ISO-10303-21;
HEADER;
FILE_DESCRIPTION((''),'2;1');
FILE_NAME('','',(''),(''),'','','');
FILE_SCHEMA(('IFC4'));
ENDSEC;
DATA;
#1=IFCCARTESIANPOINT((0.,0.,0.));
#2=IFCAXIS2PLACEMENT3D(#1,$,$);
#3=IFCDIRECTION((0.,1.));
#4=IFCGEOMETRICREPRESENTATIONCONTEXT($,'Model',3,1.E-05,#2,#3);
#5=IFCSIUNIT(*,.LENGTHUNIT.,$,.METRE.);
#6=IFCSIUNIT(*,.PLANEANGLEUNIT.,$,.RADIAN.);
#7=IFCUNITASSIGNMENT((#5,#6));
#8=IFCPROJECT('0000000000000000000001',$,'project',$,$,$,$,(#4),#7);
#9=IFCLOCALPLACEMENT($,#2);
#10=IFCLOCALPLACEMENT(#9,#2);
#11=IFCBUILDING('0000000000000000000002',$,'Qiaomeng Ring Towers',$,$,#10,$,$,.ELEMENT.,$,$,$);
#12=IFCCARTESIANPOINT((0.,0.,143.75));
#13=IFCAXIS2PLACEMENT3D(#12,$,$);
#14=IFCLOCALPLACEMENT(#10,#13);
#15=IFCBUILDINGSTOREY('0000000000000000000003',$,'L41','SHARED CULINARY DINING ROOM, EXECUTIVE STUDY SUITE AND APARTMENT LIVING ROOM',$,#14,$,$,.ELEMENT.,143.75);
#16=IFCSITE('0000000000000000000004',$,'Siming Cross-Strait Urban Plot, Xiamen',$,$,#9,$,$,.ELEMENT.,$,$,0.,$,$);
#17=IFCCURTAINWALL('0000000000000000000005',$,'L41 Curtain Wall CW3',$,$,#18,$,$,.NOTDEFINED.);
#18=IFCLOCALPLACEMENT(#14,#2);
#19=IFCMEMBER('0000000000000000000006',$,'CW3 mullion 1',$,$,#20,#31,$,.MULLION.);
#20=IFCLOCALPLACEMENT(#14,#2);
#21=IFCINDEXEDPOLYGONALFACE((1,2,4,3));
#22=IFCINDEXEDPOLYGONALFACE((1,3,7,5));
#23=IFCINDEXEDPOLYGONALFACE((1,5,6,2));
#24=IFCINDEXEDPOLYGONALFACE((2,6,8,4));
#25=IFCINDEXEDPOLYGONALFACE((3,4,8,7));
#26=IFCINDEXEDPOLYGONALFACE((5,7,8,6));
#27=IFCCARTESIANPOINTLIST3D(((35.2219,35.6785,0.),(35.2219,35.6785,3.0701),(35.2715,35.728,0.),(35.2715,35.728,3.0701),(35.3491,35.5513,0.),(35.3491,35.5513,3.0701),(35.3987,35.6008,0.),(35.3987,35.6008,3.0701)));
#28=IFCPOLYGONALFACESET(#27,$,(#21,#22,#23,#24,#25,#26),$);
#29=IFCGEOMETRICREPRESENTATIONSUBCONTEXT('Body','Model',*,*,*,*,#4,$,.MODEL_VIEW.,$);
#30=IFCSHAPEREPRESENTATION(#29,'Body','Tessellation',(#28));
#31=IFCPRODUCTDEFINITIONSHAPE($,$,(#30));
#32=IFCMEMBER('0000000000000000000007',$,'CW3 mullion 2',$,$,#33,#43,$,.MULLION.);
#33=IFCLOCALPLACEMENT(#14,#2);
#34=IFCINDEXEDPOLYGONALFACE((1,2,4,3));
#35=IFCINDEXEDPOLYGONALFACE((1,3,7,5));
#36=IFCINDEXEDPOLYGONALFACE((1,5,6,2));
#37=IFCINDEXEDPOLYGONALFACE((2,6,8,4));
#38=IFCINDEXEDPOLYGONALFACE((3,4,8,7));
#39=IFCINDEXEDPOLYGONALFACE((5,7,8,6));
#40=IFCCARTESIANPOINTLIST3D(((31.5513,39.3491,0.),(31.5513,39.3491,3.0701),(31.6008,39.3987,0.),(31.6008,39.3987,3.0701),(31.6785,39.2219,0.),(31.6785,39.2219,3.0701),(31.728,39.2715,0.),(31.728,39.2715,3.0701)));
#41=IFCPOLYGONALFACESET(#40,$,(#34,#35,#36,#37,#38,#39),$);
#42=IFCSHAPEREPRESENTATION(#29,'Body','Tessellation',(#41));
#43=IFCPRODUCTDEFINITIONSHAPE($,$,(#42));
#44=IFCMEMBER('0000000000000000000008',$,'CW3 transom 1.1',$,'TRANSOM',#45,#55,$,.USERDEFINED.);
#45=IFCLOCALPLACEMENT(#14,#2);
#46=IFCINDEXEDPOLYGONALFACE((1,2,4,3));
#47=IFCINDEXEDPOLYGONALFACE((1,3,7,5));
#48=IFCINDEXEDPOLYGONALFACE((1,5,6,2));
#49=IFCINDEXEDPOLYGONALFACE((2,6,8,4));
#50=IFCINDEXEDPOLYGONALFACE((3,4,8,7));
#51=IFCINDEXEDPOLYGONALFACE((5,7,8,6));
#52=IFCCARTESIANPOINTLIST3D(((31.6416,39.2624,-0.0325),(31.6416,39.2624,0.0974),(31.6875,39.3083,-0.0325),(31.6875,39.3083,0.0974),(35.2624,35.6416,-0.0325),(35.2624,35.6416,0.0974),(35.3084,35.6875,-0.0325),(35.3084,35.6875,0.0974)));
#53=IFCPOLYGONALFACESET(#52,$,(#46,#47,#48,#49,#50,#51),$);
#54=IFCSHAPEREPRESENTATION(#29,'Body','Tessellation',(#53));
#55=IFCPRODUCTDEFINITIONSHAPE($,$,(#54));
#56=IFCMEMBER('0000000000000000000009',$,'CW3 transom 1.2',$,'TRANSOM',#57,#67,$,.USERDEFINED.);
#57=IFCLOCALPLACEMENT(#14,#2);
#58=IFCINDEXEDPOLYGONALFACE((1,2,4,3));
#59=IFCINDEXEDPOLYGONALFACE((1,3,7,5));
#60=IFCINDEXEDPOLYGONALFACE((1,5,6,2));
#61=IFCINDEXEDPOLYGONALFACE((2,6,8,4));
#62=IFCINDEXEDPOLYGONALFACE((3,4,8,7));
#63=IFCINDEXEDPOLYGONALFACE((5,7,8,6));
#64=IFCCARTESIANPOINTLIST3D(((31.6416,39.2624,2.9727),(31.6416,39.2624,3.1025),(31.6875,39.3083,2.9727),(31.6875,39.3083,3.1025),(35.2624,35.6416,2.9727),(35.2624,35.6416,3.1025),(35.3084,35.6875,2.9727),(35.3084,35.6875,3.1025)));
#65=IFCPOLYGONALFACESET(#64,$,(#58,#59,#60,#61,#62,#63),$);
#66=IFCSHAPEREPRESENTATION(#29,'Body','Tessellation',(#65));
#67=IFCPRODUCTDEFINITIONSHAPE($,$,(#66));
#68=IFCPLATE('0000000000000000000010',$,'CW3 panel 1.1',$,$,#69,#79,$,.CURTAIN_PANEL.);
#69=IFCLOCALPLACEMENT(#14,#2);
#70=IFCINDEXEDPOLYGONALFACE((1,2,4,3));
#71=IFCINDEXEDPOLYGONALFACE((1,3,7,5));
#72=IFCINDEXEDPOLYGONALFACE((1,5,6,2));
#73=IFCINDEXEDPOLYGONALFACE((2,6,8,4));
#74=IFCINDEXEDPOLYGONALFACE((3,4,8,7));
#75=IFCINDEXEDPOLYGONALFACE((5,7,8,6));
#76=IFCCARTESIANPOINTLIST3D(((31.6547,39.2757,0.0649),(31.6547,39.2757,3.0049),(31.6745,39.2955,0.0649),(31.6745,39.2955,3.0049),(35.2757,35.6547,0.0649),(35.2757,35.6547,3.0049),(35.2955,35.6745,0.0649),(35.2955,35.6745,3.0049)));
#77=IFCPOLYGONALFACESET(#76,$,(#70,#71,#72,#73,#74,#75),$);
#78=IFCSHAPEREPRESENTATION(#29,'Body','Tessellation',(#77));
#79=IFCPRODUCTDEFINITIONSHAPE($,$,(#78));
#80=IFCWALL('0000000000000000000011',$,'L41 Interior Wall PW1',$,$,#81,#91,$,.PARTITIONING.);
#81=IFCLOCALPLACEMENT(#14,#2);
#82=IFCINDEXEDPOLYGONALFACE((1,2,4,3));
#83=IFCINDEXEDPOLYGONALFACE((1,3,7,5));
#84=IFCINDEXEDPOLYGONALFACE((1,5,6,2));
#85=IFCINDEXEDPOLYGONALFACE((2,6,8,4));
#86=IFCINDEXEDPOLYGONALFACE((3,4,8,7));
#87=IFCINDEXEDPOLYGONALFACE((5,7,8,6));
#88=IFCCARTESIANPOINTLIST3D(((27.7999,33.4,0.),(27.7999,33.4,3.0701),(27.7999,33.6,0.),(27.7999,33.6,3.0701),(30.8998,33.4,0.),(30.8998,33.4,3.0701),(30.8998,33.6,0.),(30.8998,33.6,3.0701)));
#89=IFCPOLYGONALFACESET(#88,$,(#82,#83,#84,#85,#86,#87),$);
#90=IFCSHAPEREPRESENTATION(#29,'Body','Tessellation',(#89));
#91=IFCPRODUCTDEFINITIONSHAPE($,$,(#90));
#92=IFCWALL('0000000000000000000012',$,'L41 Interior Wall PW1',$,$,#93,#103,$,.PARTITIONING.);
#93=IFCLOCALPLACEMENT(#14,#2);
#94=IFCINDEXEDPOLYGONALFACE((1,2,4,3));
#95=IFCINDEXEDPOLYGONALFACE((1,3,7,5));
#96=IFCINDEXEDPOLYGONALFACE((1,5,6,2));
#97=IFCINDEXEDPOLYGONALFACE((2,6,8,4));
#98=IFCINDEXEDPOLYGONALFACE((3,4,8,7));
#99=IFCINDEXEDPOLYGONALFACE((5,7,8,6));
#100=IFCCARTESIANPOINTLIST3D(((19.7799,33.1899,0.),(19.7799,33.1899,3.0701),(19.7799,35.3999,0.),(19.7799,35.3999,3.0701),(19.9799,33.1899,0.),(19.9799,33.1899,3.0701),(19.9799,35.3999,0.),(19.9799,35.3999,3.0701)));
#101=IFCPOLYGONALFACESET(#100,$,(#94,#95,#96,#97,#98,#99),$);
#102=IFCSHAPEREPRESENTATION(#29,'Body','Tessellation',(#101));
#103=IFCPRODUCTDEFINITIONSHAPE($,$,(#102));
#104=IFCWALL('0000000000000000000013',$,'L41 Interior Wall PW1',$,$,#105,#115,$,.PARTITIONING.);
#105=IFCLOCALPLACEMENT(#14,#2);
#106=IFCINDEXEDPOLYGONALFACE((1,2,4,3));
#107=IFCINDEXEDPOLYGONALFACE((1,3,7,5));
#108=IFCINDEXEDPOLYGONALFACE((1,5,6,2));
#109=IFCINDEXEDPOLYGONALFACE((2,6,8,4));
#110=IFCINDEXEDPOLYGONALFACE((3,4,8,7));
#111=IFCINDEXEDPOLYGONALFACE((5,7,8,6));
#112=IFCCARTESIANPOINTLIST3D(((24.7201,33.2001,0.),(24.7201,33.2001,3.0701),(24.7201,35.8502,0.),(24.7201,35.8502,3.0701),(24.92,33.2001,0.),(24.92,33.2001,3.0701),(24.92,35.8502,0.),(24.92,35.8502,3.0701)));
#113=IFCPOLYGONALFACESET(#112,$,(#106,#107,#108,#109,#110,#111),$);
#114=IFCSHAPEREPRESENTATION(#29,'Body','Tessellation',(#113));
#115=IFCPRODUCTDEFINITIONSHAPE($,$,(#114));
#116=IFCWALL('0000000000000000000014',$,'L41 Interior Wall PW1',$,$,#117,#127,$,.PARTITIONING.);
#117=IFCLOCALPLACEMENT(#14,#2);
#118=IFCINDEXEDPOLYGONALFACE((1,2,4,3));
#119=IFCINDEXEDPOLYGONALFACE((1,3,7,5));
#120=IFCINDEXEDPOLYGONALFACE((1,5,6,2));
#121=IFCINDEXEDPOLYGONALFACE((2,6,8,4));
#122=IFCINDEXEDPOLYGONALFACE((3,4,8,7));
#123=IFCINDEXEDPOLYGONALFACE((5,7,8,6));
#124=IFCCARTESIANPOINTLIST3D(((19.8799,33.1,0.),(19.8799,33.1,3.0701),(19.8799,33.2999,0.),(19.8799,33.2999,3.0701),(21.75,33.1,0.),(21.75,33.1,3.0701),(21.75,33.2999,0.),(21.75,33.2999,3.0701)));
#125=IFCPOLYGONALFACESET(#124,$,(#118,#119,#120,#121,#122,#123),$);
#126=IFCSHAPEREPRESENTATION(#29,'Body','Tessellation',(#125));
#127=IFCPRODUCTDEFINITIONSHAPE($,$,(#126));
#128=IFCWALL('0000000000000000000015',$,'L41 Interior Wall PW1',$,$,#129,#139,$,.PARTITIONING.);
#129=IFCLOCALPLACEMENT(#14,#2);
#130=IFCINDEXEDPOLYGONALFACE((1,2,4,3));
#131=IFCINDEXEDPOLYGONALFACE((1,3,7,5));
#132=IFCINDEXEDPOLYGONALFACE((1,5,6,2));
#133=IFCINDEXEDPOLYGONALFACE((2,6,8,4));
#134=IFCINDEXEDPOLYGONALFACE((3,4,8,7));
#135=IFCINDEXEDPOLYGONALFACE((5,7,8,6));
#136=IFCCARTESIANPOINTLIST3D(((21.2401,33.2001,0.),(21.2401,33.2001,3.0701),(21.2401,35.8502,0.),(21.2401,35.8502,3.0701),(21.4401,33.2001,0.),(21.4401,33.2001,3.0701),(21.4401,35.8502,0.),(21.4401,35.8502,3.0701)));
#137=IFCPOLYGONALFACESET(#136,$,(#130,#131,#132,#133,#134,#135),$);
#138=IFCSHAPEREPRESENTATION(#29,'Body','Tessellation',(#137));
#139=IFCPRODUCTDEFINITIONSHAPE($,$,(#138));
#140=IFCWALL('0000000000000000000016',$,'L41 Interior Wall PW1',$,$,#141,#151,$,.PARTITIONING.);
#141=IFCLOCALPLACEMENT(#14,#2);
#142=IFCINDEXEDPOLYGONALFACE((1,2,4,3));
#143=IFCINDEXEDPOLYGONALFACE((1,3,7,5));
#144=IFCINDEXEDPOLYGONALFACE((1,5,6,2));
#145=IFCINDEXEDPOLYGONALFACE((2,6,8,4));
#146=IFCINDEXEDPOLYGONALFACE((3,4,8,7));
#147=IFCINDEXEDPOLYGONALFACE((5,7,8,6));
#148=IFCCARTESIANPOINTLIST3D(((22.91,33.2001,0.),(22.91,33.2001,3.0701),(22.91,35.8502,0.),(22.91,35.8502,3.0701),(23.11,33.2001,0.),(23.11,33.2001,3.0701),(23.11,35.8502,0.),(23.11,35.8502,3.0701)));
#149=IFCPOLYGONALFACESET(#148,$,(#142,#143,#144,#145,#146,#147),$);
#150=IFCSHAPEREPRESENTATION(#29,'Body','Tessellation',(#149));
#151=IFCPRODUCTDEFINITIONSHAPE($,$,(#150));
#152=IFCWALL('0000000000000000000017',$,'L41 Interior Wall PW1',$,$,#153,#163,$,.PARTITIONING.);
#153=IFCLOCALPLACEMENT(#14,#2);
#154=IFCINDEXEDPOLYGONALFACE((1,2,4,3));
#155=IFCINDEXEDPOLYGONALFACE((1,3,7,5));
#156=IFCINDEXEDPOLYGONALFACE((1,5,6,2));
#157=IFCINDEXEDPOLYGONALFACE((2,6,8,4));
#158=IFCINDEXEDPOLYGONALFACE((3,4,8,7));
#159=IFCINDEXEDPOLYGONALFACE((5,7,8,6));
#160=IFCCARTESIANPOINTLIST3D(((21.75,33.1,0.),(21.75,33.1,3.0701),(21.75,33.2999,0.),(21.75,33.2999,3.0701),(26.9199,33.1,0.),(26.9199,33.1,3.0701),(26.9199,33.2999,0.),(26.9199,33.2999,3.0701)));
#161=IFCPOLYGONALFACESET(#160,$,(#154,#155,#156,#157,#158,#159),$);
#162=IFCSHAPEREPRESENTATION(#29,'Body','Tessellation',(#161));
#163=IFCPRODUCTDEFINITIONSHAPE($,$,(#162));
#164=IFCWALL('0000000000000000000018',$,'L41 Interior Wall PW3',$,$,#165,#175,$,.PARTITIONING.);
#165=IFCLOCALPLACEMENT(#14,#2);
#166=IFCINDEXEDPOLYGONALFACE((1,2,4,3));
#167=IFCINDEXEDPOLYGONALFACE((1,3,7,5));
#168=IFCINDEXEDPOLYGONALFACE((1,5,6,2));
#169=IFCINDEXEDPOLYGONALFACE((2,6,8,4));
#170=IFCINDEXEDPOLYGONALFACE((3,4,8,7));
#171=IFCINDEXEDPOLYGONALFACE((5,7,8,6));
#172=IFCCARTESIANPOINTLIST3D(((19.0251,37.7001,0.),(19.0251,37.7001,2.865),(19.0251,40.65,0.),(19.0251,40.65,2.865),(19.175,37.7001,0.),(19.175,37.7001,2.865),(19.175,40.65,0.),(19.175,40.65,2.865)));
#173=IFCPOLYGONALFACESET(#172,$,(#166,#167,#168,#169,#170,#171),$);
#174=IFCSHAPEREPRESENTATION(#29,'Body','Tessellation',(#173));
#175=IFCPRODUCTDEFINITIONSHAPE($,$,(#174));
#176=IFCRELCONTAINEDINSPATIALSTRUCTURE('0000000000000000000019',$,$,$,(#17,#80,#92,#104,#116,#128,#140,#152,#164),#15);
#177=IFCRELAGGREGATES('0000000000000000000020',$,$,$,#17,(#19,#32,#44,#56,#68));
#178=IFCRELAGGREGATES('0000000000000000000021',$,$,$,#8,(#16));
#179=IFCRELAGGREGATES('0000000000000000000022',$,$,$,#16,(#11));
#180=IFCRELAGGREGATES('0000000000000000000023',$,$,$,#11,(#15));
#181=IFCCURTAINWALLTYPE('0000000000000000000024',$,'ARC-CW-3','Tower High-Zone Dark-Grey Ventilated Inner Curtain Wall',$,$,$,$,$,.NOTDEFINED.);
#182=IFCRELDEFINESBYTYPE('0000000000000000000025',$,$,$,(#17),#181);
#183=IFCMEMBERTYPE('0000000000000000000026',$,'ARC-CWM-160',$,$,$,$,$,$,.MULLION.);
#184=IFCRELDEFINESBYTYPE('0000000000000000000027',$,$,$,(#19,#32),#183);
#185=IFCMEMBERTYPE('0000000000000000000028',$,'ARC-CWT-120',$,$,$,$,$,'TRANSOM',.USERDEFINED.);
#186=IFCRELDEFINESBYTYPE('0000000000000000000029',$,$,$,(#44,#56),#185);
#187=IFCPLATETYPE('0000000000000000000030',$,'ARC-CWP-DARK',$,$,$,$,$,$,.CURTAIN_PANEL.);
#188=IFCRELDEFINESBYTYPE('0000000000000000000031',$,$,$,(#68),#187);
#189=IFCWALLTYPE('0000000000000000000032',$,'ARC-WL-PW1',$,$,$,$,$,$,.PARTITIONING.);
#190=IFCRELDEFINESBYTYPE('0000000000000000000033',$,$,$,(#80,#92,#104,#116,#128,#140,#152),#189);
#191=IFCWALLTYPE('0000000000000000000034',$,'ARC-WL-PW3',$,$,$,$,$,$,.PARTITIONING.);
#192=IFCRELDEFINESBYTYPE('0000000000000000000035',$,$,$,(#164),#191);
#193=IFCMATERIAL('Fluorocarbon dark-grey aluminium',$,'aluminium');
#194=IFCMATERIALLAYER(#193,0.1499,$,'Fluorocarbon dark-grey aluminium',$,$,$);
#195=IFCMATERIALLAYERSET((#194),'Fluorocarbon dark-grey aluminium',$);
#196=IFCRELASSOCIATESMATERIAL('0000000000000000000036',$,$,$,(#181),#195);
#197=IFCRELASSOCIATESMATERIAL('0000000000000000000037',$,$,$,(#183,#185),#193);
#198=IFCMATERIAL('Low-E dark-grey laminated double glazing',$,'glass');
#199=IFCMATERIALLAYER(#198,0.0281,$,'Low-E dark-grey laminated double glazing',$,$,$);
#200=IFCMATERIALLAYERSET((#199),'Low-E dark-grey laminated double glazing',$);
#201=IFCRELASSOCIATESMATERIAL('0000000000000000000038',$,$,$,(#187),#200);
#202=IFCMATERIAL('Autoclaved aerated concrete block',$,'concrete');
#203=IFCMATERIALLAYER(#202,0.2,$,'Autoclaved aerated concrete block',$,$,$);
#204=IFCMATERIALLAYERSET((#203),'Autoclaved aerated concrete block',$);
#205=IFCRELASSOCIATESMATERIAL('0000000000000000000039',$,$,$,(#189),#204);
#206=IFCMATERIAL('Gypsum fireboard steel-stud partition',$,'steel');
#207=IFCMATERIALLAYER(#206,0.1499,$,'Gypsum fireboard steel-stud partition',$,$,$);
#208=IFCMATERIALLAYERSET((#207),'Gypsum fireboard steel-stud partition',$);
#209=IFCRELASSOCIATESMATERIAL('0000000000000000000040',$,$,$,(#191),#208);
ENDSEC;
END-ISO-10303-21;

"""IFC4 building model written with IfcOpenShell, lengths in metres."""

from ifc_helpers import new_model, si_unit, direction, frame, frame_2d, origin, origin_2d, place, context, subcontext, project, spatial, rectangle, extrude, source, transform, mapped, material, layer, layer_set, material_profile, profile_set, type_object, element, aggregate, save


model = new_model("IFC4")

# Units and contexts
model_context = context("Model", 3, precision=1e-05, world=origin(), true_north=direction((0.0, 1.0)))
body_context = subcontext(model_context, "Body", "Model", "MODEL_VIEW")
ifc_project = project(units=[si_unit("LENGTHUNIT", "METRE"), si_unit("PLANEANGLEUNIT", "RADIAN")], contexts=[model_context])

# Site, building, storey
site_placement = place(None, origin())
site = spatial("IfcSite", under=ifc_project, at=site_placement, Name="Siming Cross-Strait Urban Plot, Xiamen", CompositionType="ELEMENT", RefElevation=0.0)
building_placement = place(site_placement, origin())
building = spatial("IfcBuilding", under=site, at=building_placement, Name="Qiaomeng Ring Towers", CompositionType="ELEMENT")
storey_placement = place(building_placement, frame((0.0, 0.0, 143.75)))
storey = spatial("IfcBuildingStorey", under=building, at=storey_placement, Name="L41", Description="SHARED CULINARY DINING ROOM, EXECUTIVE STUDY SUITE AND APARTMENT LIVING ROOM", CompositionType="ELEMENT", Elevation=143.75)

# Curtain wall, members, plate
ifc_material_1 = material(Name="Fluorocarbon dark-grey aluminium", Category="aluminium")
ifc_layer_1 = layer(ifc_material_1, 0.1499, Name="Fluorocarbon dark-grey aluminium")
ifc_layer_set_1 = layer_set([ifc_layer_1], Name="Fluorocarbon dark-grey aluminium")
curtain_wall_type = type_object("IfcCurtainWallType", Name="ARC-CW-3", Description="Tower High-Zone Dark-Grey Ventilated Inner Curtain Wall", PredefinedType="NOTDEFINED", material=ifc_layer_set_1)
curtain_wall_placement = place(storey_placement, origin())
curtain_wall = element("IfcCurtainWall", 1, at=curtain_wall_placement, inside=storey, type_object=curtain_wall_type, Name="L41 Curtain Wall CW3", PredefinedType="NOTDEFINED")
ifc_material_profile_1 = material_profile(ifc_material_1, rectangle(XDim=0.0701, YDim=0.1799, at=origin_2d()), Name="ALU MULL 70x180")
ifc_profile_set_1 = profile_set([ifc_material_profile_1], Name="Fluorocarbon dark-grey aluminium")
member_type_1 = type_object("IfcMemberType", Name="ARC-CWM-160", PredefinedType="MULLION", material=ifc_profile_set_1)
shared_shape_1 = source(origin(), body_context, "Body", "SweptSolid", [
    extrude(rectangle(XDim=0.0701, YDim=0.1799, at=origin_2d()), origin(), (0.0, 0.0, 1.0), 3.0701),
])
member_1_placement = place(storey_placement, frame((35.3103, 35.6396, 0.0), z_axis=(0.0, 0.0, 1.0), x_axis=(-0.707107, -0.707107, 0.0)))
member_1 = element("IfcMember", 2, at=member_1_placement, type_object=member_type_1, Name="CW3 mullion 1", PredefinedType="MULLION", context=body_context, shape_type="MappedRepresentation", body=[
    mapped(shared_shape_1, transform((0.0, 0.0, 0.0), x_axis=(1.0, 0.0, 0.0), y_axis=(0.0, 1.0, 0.0), z_axis=(0.0, 0.0, 1.0), scale=1.0)),
])
member_2_placement = place(storey_placement, frame((31.6396, 39.3103, 0.0), z_axis=(0.0, 0.0, 1.0), x_axis=(-0.707107, -0.707107, 0.0)))
member_2 = element("IfcMember", 3, at=member_2_placement, type_object=member_type_1, Name="CW3 mullion 2", PredefinedType="MULLION", context=body_context, shape_type="MappedRepresentation", body=[
    mapped(shared_shape_1, transform((0.0, 0.0, 0.0), x_axis=(1.0, 0.0, 0.0), y_axis=(0.0, 1.0, 0.0), z_axis=(0.0, 0.0, 1.0), scale=1.0)),
])
ifc_material_profile_2 = material_profile(ifc_material_1, rectangle(XDim=0.0649, YDim=0.1299, at=origin_2d()), Name="ALU TRAN 65x130")
ifc_profile_set_2 = profile_set([ifc_material_profile_2], Name="Fluorocarbon dark-grey aluminium")
member_type_2 = type_object("IfcMemberType", Name="ARC-CWT-120", ElementType="TRANSOM", PredefinedType="USERDEFINED", material=ifc_profile_set_2)
shared_shape_2 = source(origin(), body_context, "Body", "SweptSolid", [
    extrude(rectangle(XDim=0.0649, YDim=0.1299, at=origin_2d()), origin(), (0.0, 0.0, 1.0), 5.1206),
])
member_3_placement = place(storey_placement, frame((35.2854, 35.6646, 0.0325), z_axis=(-0.707107, 0.707107, 0.0), x_axis=(-0.707107, -0.707107, 0.0)))
member_3 = element("IfcMember", 4, at=member_3_placement, type_object=member_type_2, Name="CW3 transom 1.1", ObjectType="TRANSOM", PredefinedType="USERDEFINED", context=body_context, shape_type="MappedRepresentation", body=[
    mapped(shared_shape_2, transform((0.0, 0.0, 0.0), x_axis=(1.0, 0.0, 0.0), y_axis=(0.0, 1.0, 0.0), z_axis=(0.0, 0.0, 1.0), scale=1.0)),
])
member_4_placement = place(storey_placement, frame((35.2854, 35.6646, 3.0376), z_axis=(-0.707107, 0.707107, 0.0), x_axis=(-0.707107, -0.707107, 0.0)))
member_4 = element("IfcMember", 5, at=member_4_placement, type_object=member_type_2, Name="CW3 transom 1.2", ObjectType="TRANSOM", PredefinedType="USERDEFINED", context=body_context, shape_type="MappedRepresentation", body=[
    mapped(shared_shape_2, transform((0.0, 0.0, 0.0), x_axis=(1.0, 0.0, 0.0), y_axis=(0.0, 1.0, 0.0), z_axis=(0.0, 0.0, 1.0), scale=1.0)),
])
ifc_material_2 = material(Name="Low-E dark-grey laminated double glazing", Category="glass")
ifc_layer_2 = layer(ifc_material_2, 0.0281, Name="Low-E dark-grey laminated double glazing")
ifc_layer_set_2 = layer_set([ifc_layer_2], Name="Low-E dark-grey laminated double glazing")
plate_type = type_object("IfcPlateType", Name="ARC-CWP-DARK", PredefinedType="CURTAIN_PANEL", material=ifc_layer_set_2)
shared_shape_3 = source(origin(), body_context, "Body", "SweptSolid", [
    extrude(rectangle(XDim=5.1208, YDim=0.0281, at=origin_2d()), origin(), (0.0, 0.0, 1.0), 2.9399),
])
plate_placement = place(storey_placement, frame((33.4751, 37.4751, 0.0649), z_axis=(0.0, 0.0, 1.0), x_axis=(-0.707107, 0.707107, 0.0)))
plate = element("IfcPlate", 6, at=plate_placement, type_object=plate_type, Name="CW3 panel 1.1", PredefinedType="CURTAIN_PANEL", context=body_context, shape_type="MappedRepresentation", body=[
    mapped(shared_shape_3, transform((0.0, 0.0, 0.0), x_axis=(1.0, 0.0, 0.0), y_axis=(0.0, 1.0, 0.0), z_axis=(0.0, 0.0, 1.0), scale=1.0)),
])
aggregate(curtain_wall, [member_1, member_2, member_3, member_4, plate])

# Walls
ifc_material_3 = material(Name="Autoclaved aerated concrete block", Category="concrete")
ifc_layer_3 = layer(ifc_material_3, 0.2, Name="Autoclaved aerated concrete block")
ifc_layer_set_3 = layer_set([ifc_layer_3], Name="Autoclaved aerated concrete block")
wall_type_1 = type_object("IfcWallType", Name="ARC-WL-PW1", PredefinedType="PARTITIONING", material=ifc_layer_set_3)
wall_1_placement = place(storey_placement, frame((27.8, 33.5, 0.0), z_axis=(0.0, 0.0, 1.0), x_axis=(1.0, 0.0, 0.0)))
element("IfcWall", 7, at=wall_1_placement, inside=storey, type_object=wall_type_1, Name="L41 Interior Wall PW1", PredefinedType="PARTITIONING", context=body_context, shape_type="SweptSolid", body=[
    extrude(rectangle(XDim=3.0999, YDim=0.2, at=frame_2d((1.5498, 0.0))), origin(), (0.0, 0.0, 1.0), 3.0701),
])
wall_2_placement = place(storey_placement, frame((19.8799, 33.1899, 0.0), z_axis=(0.0, 0.0, 1.0), x_axis=(0.0, 1.0, 0.0)))
element("IfcWall", 8, at=wall_2_placement, inside=storey, type_object=wall_type_1, Name="L41 Interior Wall PW1", PredefinedType="PARTITIONING", context=body_context, shape_type="SweptSolid", body=[
    extrude(rectangle(XDim=2.21, YDim=0.2, at=frame_2d((1.105, 0.0))), origin(), (0.0, 0.0, 1.0), 3.0701),
])
wall_3_placement = place(storey_placement, frame((24.8201, 33.2, 0.0), z_axis=(0.0, 0.0, 1.0), x_axis=(0.0, 1.0, 0.0)))
element("IfcWall", 9, at=wall_3_placement, inside=storey, type_object=wall_type_1, Name="L41 Interior Wall PW1", PredefinedType="PARTITIONING", context=body_context, shape_type="SweptSolid", body=[
    extrude(rectangle(XDim=2.6501, YDim=0.2, at=frame_2d((1.3252, 0.0))), origin(), (0.0, 0.0, 1.0), 3.0701),
])
wall_4_placement = place(storey_placement, frame((19.8799, 33.2, 0.0), z_axis=(0.0, 0.0, 1.0), x_axis=(1.0, 0.0, 0.0)))
element("IfcWall", 10, at=wall_4_placement, inside=storey, type_object=wall_type_1, Name="L41 Interior Wall PW1", PredefinedType="PARTITIONING", context=body_context, shape_type="SweptSolid", body=[
    extrude(rectangle(XDim=1.8701, YDim=0.2, at=frame_2d((0.9351, 0.0))), origin(), (0.0, 0.0, 1.0), 3.0701),
])
for number, where, z_axis, x_axis, name in (
    (11, (21.3401, 33.2, 0.0), (0.0, 0.0, 1.0), (0.0, 1.0, 0.0), "L41 Interior Wall PW1"),
    (12, (23.01, 33.2, 0.0), (0.0, 0.0, 1.0), (0.0, 1.0, 0.0), "L41 Interior Wall PW1"),
):
    element("IfcWall", number, at=place(storey_placement, frame(where, z_axis=z_axis, x_axis=x_axis)), inside=storey, type_object=wall_type_1, Name=name, PredefinedType="PARTITIONING", context=body_context, shape_type="SweptSolid", body=[
        extrude(rectangle(XDim=2.6501, YDim=0.2, at=frame_2d((1.3252, 0.0))), origin(), (0.0, 0.0, 1.0), 3.0701),
    ])
wall_5_placement = place(storey_placement, frame((21.75, 33.2, 0.0), z_axis=(0.0, 0.0, 1.0), x_axis=(1.0, 0.0, 0.0)))
element("IfcWall", 13, at=wall_5_placement, inside=storey, type_object=wall_type_1, Name="L41 Interior Wall PW1", PredefinedType="PARTITIONING", context=body_context, shape_type="SweptSolid", body=[
    extrude(rectangle(XDim=5.1699, YDim=0.2, at=frame_2d((2.585, 0.0))), origin(), (0.0, 0.0, 1.0), 3.0701),
])
ifc_material_4 = material(Name="Gypsum fireboard steel-stud partition", Category="steel")
ifc_layer_4 = layer(ifc_material_4, 0.1499, Name="Gypsum fireboard steel-stud partition")
ifc_layer_set_4 = layer_set([ifc_layer_4], Name="Gypsum fireboard steel-stud partition")
wall_type_2 = type_object("IfcWallType", Name="ARC-WL-PW3", PredefinedType="PARTITIONING", material=ifc_layer_set_4)
wall_6_placement = place(storey_placement, frame((19.1001, 37.7, 0.0), z_axis=(0.0, 0.0, 1.0), x_axis=(0.0, 1.0, 0.0)))
element("IfcWall", 14, at=wall_6_placement, inside=storey, type_object=wall_type_2, Name="L41 Interior Wall PW3", PredefinedType="PARTITIONING", context=body_context, shape_type="SweptSolid", body=[
    extrude(rectangle(XDim=2.95, YDim=0.1499, at=frame_2d((1.4751, 0.0))), origin(), (0.0, 0.0, 1.0), 2.865),
])

save(model, "model.ifc")
